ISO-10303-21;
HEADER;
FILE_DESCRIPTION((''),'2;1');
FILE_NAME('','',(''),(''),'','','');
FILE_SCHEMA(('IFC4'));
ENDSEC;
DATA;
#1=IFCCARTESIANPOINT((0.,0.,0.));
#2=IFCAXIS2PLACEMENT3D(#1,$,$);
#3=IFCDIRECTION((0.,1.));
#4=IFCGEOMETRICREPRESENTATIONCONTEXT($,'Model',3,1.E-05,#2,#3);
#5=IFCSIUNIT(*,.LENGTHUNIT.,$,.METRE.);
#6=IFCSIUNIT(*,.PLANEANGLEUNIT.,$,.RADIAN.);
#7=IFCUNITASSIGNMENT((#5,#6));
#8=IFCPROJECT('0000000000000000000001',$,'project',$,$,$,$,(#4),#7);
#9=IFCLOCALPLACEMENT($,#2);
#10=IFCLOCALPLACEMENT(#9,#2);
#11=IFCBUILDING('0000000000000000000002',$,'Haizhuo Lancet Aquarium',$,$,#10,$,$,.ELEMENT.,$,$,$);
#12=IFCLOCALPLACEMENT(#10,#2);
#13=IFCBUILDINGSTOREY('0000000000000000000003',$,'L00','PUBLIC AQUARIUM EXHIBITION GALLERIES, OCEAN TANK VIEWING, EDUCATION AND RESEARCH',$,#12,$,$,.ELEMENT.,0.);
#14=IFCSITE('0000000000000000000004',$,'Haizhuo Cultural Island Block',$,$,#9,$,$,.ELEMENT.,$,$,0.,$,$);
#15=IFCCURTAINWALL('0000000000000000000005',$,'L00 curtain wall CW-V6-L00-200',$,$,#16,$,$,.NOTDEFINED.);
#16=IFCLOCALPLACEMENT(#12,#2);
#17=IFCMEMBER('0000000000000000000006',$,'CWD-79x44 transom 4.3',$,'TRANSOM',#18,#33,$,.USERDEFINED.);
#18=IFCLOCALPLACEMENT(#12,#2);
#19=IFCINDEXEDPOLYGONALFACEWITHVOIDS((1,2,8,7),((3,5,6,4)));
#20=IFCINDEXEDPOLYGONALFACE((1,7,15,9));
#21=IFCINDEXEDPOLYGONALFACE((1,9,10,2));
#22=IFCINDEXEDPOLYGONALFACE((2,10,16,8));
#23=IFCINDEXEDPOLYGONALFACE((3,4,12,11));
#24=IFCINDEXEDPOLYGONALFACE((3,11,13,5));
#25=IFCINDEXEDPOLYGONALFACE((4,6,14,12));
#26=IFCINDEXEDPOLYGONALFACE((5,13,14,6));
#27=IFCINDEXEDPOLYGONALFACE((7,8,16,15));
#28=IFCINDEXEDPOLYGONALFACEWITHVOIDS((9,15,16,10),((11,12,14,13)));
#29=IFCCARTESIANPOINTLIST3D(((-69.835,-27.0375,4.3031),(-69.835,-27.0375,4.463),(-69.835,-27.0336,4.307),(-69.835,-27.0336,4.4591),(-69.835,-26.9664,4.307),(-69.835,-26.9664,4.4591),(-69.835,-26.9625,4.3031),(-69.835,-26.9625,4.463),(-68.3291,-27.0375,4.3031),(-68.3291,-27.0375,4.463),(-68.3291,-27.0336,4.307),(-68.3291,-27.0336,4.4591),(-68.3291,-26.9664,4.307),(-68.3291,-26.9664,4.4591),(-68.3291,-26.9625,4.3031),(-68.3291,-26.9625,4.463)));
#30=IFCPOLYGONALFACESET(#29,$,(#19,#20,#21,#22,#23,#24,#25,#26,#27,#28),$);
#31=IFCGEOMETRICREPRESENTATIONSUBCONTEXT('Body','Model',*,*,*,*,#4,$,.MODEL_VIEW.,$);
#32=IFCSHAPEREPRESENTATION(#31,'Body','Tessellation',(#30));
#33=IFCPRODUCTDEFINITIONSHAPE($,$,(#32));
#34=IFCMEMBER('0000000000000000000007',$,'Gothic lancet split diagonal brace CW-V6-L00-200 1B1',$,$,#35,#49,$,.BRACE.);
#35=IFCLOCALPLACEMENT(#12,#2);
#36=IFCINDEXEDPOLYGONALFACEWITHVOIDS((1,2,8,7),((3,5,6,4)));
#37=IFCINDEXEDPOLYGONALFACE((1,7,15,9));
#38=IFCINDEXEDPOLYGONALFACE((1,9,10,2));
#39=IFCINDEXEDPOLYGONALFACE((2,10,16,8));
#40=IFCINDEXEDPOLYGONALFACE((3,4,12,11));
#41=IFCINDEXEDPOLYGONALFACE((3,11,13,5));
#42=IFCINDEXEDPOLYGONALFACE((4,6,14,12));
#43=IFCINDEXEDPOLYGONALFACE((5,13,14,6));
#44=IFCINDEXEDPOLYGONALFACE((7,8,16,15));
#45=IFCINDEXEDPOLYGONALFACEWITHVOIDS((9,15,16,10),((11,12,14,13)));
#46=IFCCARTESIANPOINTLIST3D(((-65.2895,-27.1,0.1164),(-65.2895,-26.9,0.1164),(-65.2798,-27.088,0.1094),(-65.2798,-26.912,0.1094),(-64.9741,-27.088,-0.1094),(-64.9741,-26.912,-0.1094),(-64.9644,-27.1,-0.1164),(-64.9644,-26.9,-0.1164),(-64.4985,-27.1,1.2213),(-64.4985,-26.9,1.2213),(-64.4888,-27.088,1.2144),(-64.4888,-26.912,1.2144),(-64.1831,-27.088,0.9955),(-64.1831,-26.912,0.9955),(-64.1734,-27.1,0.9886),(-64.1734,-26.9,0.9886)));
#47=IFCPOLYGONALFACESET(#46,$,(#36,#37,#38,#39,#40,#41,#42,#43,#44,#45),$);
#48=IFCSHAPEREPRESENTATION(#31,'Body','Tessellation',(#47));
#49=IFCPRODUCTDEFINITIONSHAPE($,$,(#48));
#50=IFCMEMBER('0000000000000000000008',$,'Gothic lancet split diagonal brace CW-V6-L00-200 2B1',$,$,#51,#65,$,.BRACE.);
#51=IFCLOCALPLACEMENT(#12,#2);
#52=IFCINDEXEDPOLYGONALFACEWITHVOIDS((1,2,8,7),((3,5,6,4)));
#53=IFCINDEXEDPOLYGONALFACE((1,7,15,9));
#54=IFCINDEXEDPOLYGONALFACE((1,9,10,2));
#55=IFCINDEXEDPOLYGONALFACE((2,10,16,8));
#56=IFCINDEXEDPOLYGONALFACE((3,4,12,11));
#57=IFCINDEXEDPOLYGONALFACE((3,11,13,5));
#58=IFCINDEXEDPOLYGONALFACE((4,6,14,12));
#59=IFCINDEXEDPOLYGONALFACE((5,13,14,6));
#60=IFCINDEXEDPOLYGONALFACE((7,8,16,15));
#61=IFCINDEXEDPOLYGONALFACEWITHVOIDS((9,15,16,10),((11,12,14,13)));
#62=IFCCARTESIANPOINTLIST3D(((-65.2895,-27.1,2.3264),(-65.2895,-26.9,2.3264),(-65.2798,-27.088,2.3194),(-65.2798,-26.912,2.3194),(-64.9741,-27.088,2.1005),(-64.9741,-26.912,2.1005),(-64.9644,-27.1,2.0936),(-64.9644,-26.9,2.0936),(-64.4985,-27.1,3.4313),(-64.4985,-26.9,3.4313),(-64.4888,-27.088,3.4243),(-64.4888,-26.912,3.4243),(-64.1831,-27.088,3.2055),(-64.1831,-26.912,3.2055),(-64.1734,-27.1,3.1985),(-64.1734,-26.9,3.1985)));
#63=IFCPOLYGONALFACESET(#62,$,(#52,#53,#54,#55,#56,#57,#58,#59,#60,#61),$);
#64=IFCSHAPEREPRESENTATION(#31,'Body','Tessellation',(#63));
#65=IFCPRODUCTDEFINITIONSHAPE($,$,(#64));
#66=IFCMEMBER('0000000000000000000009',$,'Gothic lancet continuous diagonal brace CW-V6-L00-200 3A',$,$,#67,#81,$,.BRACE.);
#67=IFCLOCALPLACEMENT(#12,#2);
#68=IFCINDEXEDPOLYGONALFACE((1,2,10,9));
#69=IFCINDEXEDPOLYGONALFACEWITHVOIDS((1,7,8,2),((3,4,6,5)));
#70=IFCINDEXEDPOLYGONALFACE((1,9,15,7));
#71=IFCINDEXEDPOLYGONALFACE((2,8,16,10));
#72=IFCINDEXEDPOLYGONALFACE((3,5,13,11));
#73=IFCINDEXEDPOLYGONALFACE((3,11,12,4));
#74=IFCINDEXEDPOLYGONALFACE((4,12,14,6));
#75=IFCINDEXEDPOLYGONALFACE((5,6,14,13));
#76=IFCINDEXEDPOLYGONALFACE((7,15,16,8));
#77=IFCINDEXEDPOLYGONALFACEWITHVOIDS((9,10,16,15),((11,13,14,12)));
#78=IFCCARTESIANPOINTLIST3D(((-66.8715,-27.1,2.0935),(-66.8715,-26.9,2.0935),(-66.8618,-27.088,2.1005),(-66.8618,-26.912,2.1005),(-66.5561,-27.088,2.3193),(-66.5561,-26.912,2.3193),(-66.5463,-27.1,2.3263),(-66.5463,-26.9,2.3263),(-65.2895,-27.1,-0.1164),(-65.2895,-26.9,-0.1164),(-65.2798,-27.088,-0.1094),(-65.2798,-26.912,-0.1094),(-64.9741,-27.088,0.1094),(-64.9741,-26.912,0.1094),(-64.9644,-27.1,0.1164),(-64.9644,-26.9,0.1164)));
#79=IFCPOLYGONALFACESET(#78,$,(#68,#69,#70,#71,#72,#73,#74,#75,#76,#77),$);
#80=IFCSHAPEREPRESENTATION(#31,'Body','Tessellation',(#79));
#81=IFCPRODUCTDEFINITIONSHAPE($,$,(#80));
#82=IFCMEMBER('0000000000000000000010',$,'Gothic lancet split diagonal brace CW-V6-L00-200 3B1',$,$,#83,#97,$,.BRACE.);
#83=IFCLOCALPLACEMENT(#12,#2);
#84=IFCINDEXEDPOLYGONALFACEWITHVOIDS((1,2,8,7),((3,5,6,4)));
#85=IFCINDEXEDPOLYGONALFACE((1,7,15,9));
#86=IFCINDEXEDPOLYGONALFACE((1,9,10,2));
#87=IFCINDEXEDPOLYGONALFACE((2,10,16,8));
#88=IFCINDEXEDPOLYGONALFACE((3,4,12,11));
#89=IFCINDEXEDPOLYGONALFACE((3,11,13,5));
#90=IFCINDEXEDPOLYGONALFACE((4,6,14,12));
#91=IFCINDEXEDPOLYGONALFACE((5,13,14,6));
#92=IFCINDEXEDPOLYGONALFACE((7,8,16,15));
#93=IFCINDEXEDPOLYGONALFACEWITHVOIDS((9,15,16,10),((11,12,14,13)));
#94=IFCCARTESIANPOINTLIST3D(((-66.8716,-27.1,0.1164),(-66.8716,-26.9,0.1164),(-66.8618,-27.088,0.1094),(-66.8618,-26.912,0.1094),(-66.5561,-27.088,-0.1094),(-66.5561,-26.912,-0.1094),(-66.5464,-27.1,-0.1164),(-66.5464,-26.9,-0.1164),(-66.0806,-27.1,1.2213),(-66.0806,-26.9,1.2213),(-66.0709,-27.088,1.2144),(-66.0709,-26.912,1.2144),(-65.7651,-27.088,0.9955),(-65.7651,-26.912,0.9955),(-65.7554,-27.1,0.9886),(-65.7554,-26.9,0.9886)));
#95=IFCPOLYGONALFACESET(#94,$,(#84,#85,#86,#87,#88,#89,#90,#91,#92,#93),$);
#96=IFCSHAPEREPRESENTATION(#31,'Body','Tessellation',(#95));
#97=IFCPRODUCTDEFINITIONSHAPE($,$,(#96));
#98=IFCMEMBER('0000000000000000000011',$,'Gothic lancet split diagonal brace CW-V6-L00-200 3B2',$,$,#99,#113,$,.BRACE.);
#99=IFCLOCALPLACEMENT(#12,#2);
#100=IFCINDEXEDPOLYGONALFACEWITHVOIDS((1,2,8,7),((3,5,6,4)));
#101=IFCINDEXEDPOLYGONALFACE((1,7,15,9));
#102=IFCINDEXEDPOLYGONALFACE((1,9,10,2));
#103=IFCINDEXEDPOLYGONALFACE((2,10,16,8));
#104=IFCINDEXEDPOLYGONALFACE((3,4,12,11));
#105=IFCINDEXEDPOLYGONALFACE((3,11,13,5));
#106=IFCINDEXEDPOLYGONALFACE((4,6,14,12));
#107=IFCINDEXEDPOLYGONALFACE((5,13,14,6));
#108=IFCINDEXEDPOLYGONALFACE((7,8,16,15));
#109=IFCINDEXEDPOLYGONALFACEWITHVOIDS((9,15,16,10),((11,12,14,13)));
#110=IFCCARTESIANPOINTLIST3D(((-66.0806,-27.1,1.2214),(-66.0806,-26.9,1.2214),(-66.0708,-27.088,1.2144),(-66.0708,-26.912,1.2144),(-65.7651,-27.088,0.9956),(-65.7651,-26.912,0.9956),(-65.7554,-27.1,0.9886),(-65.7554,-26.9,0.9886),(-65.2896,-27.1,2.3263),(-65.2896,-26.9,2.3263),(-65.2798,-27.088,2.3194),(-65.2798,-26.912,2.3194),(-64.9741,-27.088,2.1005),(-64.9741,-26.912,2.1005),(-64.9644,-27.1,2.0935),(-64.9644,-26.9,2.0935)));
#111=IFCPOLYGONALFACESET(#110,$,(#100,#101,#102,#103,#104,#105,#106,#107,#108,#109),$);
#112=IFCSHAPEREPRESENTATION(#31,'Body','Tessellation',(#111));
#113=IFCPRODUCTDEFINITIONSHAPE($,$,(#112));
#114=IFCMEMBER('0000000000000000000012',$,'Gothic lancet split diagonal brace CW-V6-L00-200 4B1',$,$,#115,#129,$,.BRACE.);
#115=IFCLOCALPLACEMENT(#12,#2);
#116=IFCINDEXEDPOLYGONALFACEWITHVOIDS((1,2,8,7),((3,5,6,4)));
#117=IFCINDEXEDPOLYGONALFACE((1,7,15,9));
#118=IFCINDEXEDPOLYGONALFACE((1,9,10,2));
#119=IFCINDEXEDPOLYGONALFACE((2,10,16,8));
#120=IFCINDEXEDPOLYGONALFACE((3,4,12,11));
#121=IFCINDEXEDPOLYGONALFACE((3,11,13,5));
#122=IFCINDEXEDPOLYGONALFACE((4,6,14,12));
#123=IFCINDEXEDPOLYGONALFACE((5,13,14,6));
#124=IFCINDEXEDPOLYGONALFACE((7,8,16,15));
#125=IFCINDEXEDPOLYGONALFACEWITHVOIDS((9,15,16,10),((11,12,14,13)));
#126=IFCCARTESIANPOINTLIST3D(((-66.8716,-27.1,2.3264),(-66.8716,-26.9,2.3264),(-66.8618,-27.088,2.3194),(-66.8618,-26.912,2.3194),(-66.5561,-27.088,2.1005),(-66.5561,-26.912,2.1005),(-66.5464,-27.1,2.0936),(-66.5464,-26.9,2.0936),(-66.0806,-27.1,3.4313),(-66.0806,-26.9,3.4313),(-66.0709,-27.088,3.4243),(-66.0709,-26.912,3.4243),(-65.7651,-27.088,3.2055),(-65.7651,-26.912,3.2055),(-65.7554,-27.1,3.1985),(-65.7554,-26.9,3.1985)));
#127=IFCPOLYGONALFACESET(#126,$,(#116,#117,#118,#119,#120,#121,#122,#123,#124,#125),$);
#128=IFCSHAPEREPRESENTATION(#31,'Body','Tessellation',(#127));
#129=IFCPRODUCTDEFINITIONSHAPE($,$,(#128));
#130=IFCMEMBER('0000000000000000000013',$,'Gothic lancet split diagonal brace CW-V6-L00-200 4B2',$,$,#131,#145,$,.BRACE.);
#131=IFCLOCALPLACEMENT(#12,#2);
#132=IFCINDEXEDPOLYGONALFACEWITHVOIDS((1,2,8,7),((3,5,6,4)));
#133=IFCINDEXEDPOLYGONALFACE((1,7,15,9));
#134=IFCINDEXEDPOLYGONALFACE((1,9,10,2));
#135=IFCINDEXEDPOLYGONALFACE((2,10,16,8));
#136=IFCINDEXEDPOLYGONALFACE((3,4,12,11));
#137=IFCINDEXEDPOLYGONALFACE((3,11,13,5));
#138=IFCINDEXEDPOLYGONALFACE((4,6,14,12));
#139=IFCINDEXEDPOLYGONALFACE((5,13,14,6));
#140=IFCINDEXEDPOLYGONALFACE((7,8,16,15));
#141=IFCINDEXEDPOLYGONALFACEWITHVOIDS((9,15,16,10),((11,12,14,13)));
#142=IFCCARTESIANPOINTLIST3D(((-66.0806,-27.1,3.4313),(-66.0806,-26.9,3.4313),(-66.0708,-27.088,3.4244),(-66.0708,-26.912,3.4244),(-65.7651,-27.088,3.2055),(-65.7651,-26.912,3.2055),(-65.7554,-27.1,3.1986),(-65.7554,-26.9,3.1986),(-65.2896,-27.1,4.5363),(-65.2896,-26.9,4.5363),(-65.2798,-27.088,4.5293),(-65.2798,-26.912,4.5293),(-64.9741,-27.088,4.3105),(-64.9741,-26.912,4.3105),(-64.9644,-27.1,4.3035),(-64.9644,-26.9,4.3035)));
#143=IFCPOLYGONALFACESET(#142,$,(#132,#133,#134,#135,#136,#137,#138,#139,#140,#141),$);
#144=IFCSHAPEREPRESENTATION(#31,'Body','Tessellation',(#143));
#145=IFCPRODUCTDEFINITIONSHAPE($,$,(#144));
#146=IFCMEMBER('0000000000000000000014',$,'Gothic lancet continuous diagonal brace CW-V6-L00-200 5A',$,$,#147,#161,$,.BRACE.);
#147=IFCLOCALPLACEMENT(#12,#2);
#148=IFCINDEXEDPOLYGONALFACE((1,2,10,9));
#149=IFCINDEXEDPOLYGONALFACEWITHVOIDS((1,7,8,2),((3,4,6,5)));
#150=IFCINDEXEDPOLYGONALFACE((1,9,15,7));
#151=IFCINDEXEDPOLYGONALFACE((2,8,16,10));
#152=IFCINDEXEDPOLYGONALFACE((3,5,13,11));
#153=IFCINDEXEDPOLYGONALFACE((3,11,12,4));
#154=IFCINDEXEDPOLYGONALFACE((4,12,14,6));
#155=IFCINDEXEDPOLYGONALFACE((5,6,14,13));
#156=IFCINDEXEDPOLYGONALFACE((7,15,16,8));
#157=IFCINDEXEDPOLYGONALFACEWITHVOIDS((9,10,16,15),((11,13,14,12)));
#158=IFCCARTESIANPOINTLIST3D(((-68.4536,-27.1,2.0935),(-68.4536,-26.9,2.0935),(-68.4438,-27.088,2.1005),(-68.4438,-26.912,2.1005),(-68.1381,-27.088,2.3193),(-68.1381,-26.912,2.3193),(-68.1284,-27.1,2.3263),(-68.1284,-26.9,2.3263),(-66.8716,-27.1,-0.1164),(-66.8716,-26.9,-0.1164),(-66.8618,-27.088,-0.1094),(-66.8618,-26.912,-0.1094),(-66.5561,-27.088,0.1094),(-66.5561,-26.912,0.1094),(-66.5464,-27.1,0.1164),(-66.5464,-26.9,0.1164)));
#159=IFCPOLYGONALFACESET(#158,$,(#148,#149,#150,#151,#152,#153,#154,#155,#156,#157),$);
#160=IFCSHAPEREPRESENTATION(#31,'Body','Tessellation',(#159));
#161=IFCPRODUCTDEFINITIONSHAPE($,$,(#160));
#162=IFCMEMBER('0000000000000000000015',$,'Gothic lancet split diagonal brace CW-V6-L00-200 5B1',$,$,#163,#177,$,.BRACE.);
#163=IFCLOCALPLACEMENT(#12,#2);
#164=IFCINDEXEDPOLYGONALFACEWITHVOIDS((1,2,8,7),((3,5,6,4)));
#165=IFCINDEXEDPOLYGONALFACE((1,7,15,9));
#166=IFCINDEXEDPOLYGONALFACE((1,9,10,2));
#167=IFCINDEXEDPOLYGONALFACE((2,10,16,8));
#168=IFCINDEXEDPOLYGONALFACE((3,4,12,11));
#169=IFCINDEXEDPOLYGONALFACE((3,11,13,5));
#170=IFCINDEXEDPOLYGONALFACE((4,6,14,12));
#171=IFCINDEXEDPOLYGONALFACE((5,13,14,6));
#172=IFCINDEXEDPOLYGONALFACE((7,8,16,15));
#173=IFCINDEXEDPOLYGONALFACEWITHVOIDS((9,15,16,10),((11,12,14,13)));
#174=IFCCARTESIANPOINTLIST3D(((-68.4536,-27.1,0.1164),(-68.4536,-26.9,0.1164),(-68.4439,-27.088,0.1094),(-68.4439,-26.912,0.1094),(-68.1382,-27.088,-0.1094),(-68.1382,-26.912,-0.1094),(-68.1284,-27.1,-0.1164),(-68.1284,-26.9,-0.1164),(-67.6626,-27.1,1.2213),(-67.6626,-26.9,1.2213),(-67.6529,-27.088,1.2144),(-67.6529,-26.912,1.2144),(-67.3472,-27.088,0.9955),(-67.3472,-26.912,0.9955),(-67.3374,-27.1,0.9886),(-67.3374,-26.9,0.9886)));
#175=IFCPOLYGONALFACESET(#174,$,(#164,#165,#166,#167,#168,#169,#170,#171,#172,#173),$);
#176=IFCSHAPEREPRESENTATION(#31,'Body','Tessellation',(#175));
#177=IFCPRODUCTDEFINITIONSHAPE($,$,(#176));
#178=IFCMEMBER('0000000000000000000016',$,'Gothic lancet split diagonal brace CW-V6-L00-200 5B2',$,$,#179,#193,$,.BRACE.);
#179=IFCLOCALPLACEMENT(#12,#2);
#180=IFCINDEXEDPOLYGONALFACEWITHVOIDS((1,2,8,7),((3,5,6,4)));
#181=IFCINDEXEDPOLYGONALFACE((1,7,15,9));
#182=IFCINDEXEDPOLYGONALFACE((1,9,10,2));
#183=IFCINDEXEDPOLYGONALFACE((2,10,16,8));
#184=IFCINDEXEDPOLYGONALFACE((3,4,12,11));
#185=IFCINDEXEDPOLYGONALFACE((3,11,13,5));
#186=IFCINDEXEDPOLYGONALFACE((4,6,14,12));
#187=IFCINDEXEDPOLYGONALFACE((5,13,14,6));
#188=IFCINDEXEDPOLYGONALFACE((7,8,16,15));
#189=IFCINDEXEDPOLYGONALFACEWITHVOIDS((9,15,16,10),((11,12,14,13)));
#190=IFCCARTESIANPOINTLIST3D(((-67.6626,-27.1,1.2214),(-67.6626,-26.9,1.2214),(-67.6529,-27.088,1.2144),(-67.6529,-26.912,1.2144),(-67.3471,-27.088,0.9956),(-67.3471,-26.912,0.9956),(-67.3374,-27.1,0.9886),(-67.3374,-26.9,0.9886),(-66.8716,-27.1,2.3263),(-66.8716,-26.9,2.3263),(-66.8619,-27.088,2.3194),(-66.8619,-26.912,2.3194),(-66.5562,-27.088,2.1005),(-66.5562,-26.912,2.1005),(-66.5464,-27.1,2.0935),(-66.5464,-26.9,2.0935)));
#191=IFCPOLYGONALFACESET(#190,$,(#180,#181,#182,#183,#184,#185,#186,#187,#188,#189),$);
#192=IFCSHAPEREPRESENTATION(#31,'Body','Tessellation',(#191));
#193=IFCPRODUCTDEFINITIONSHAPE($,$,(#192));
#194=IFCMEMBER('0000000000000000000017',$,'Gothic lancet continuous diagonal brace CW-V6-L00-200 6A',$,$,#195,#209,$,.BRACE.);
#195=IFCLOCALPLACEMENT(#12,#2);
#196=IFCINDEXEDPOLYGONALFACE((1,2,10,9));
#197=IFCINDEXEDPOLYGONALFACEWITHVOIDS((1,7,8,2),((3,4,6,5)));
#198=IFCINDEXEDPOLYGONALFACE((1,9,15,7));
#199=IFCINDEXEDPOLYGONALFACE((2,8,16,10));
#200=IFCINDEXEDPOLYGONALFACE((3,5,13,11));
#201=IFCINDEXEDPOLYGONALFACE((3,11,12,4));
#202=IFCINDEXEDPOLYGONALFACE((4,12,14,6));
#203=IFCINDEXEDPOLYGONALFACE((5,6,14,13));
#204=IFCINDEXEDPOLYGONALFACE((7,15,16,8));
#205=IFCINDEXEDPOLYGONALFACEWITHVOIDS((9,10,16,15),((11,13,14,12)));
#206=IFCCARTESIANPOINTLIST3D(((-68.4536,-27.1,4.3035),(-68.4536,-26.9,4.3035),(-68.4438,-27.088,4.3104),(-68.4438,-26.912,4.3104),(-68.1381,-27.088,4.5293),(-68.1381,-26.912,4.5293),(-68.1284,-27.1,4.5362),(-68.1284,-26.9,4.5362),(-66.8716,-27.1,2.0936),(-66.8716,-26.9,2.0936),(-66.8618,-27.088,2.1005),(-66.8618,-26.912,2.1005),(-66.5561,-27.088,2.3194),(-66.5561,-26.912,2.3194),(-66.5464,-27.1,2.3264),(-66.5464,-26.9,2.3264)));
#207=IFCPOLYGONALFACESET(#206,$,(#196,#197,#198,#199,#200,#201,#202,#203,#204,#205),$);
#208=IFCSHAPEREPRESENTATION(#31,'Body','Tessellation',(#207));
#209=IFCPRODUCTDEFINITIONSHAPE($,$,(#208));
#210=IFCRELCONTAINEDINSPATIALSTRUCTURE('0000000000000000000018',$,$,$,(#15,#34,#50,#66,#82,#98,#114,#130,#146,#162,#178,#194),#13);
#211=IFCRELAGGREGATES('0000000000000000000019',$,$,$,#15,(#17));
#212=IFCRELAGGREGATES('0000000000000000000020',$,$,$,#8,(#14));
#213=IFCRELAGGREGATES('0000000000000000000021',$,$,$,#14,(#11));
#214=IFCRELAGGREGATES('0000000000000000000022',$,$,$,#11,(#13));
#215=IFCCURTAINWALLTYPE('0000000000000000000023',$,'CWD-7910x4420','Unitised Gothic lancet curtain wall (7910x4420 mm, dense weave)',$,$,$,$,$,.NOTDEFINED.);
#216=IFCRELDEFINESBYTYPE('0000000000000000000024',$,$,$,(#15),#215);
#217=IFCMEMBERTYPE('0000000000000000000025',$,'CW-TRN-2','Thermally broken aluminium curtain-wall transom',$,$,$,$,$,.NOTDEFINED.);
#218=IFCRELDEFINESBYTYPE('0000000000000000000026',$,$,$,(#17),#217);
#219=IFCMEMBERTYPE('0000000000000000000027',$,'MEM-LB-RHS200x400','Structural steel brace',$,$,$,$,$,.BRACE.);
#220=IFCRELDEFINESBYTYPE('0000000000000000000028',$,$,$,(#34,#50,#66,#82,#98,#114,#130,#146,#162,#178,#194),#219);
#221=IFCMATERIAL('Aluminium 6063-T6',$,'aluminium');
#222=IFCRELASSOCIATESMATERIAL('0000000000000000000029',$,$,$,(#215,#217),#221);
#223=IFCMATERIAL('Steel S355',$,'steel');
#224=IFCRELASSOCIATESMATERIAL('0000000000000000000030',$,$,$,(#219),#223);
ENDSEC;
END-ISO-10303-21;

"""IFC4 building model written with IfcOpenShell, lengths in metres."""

from ifc_helpers import new_model, si_unit, direction, frame, origin, origin_2d, place, context, subcontext, project, spatial, hollow_rectangle, extrude, material, material_profile, profile_set, type_object, element, aggregate, save


model = new_model("IFC4")

# Units and contexts
model_context = context("Model", 3, precision=1e-05, world=origin(), true_north=direction((0.0, 1.0)))
body_context = subcontext(model_context, "Body", "Model", "MODEL_VIEW")
ifc_project = project(units=[si_unit("LENGTHUNIT", "METRE"), si_unit("PLANEANGLEUNIT", "RADIAN")], contexts=[model_context])

# Site, building, storey
site_placement = place(None, origin())
site = spatial("IfcSite", under=ifc_project, at=site_placement, Name="Haizhuo Cultural Island Block", CompositionType="ELEMENT", RefElevation=0.0)
building_placement = place(site_placement, origin())
building = spatial("IfcBuilding", under=site, at=building_placement, Name="Haizhuo Lancet Aquarium", CompositionType="ELEMENT")
storey_placement = place(building_placement, origin())
storey = spatial("IfcBuildingStorey", under=building, at=storey_placement, Name="L00", Description="PUBLIC AQUARIUM EXHIBITION GALLERIES, OCEAN TANK VIEWING, EDUCATION AND RESEARCH", CompositionType="ELEMENT", Elevation=0.0)

# Curtain wall, member
ifc_material_1 = material(Name="Aluminium 6063-T6", Category="aluminium")
curtain_wall_type = type_object("IfcCurtainWallType", Name="CWD-7910x4420", Description="Unitised Gothic lancet curtain wall (7910x4420 mm, dense weave)", PredefinedType="NOTDEFINED", material=ifc_material_1)
curtain_wall_placement = place(storey_placement, origin())
curtain_wall = element("IfcCurtainWall", 1, at=curtain_wall_placement, inside=storey, type_object=curtain_wall_type, Name="L00 curtain wall CW-V6-L00-200", PredefinedType="NOTDEFINED")
ifc_material_profile_1 = material_profile(ifc_material_1, hollow_rectangle(XDim=0.075, YDim=0.1599, WallThickness=0.0039, at=origin_2d()), Name="ALU-T 75x160x4")
ifc_profile_set_1 = profile_set([ifc_material_profile_1], Name="Aluminium 6063-T6")
member_type_1 = type_object("IfcMemberType", Name="CW-TRN-2", Description="Thermally broken aluminium curtain-wall transom", PredefinedType="NOTDEFINED", material=ifc_profile_set_1)
member_1_placement = place(storey_placement, frame((-68.3291, -27.0, 4.3831), z_axis=(-1.0, 0.0, 0.0), x_axis=(0.0, -1.0, 0.0)))
member_1 = element("IfcMember", 2, at=member_1_placement, type_object=member_type_1, Name="CWD-79x44 transom 4.3", ObjectType="TRANSOM", PredefinedType="USERDEFINED", context=body_context, shape_type="SweptSolid", body=[
    extrude(hollow_rectangle(XDim=0.075, YDim=0.1599, WallThickness=0.0039, at=origin_2d()), origin(), (0.0, 0.0, 1.0), 1.5059),
])

# Members
ifc_material_2 = material(Name="Steel S355", Category="steel")
ifc_material_profile_2 = material_profile(ifc_material_2, hollow_rectangle(XDim=0.2, YDim=0.3999, WallThickness=0.012, at=origin_2d()), Name="RHS 200x400x12")
ifc_profile_set_2 = profile_set([ifc_material_profile_2], Name="Steel S355")
member_type_2 = type_object("IfcMemberType", Name="MEM-LB-RHS200x400", Description="Structural steel brace", PredefinedType="BRACE", material=ifc_profile_set_2)
for number, where, z_axis, x_axis, name in (
    (3, (-65.127, -27.0, 0.0), (0.582088, 0.0, 0.813126), (0.0, 1.0, 0.0), "Gothic lancet split diagonal brace CW-V6-L00-200 1B1"),
    (4, (-65.127, -27.0, 2.21), (0.582088, 0.0, 0.813126), (0.0, 1.0, 0.0), "Gothic lancet split diagonal brace CW-V6-L00-200 2B1"),
):
    element("IfcMember", number, at=place(storey_placement, frame(where, z_axis=z_axis, x_axis=x_axis)), inside=storey, type_object=member_type_2, Name=name, PredefinedType="BRACE", context=body_context, shape_type="SweptSolid", body=[
        extrude(hollow_rectangle(XDim=0.2, YDim=0.3999, WallThickness=0.012, at=origin_2d()), origin(), (0.0, 0.0, 1.0), 1.3589),
    ])
member_2_placement = place(storey_placement, frame((-65.127, -27.0, 0.0), z_axis=(-0.582088, 0.0, 0.813126), x_axis=(0.0, -1.0, 0.0)))
element("IfcMember", 5, at=member_2_placement, inside=storey, type_object=member_type_2, Name="Gothic lancet continuous diagonal brace CW-V6-L00-200 3A", PredefinedType="BRACE", context=body_context, shape_type="SweptSolid", body=[
    extrude(hollow_rectangle(XDim=0.2, YDim=0.3999, WallThickness=0.012, at=origin_2d()), origin(), (0.0, 0.0, 1.0), 2.7178),
])
for number, where, z_axis, x_axis, name in (
    (6, (-66.709, -27.0, 0.0), (0.582088, 0.0, 0.813126), (0.0, 1.0, 0.0), "Gothic lancet split diagonal brace CW-V6-L00-200 3B1"),
    (7, (-65.918, -27.0, 1.105), (0.582088, 0.0, 0.813126), (0.0, 1.0, 0.0), "Gothic lancet split diagonal brace CW-V6-L00-200 3B2"),
    (8, (-66.709, -27.0, 2.21), (0.582088, 0.0, 0.813126), (0.0, 1.0, 0.0), "Gothic lancet split diagonal brace CW-V6-L00-200 4B1"),
    (9, (-65.918, -27.0, 3.3149), (0.582088, 0.0, 0.813126), (0.0, 1.0, 0.0), "Gothic lancet split diagonal brace CW-V6-L00-200 4B2"),
):
    element("IfcMember", number, at=place(storey_placement, frame(where, z_axis=z_axis, x_axis=x_axis)), inside=storey, type_object=member_type_2, Name=name, PredefinedType="BRACE", context=body_context, shape_type="SweptSolid", body=[
        extrude(hollow_rectangle(XDim=0.2, YDim=0.3999, WallThickness=0.012, at=origin_2d()), origin(), (0.0, 0.0, 1.0), 1.3589),
    ])
member_3_placement = place(storey_placement, frame((-66.709, -27.0, 0.0), z_axis=(-0.582088, 0.0, 0.813126), x_axis=(0.0, -1.0, 0.0)))
element("IfcMember", 10, at=member_3_placement, inside=storey, type_object=member_type_2, Name="Gothic lancet continuous diagonal brace CW-V6-L00-200 5A", PredefinedType="BRACE", context=body_context, shape_type="SweptSolid", body=[
    extrude(hollow_rectangle(XDim=0.2, YDim=0.3999, WallThickness=0.012, at=origin_2d()), origin(), (0.0, 0.0, 1.0), 2.7178),
])
for number, where, z_axis, x_axis, name in (
    (11, (-68.291, -27.0, 0.0), (0.582088, 0.0, 0.813126), (0.0, 1.0, 0.0), "Gothic lancet split diagonal brace CW-V6-L00-200 5B1"),
    (12, (-67.5, -27.0, 1.105), (0.582088, 0.0, 0.813126), (0.0, 1.0, 0.0), "Gothic lancet split diagonal brace CW-V6-L00-200 5B2"),
):
    element("IfcMember", number, at=place(storey_placement, frame(where, z_axis=z_axis, x_axis=x_axis)), inside=storey, type_object=member_type_2, Name=name, PredefinedType="BRACE", context=body_context, shape_type="SweptSolid", body=[
        extrude(hollow_rectangle(XDim=0.2, YDim=0.3999, WallThickness=0.012, at=origin_2d()), origin(), (0.0, 0.0, 1.0), 1.3589),
    ])
member_4_placement = place(storey_placement, frame((-66.709, -27.0, 2.21), z_axis=(-0.582088, 0.0, 0.813126), x_axis=(0.0, -1.0, 0.0)))
element("IfcMember", 13, at=member_4_placement, inside=storey, type_object=member_type_2, Name="Gothic lancet continuous diagonal brace CW-V6-L00-200 6A", PredefinedType="BRACE", context=body_context, shape_type="SweptSolid", body=[
    extrude(hollow_rectangle(XDim=0.2, YDim=0.3999, WallThickness=0.012, at=origin_2d()), origin(), (0.0, 0.0, 1.0), 2.7178),
])

aggregate(curtain_wall, [member_1])

save(model, "model.ifc")
